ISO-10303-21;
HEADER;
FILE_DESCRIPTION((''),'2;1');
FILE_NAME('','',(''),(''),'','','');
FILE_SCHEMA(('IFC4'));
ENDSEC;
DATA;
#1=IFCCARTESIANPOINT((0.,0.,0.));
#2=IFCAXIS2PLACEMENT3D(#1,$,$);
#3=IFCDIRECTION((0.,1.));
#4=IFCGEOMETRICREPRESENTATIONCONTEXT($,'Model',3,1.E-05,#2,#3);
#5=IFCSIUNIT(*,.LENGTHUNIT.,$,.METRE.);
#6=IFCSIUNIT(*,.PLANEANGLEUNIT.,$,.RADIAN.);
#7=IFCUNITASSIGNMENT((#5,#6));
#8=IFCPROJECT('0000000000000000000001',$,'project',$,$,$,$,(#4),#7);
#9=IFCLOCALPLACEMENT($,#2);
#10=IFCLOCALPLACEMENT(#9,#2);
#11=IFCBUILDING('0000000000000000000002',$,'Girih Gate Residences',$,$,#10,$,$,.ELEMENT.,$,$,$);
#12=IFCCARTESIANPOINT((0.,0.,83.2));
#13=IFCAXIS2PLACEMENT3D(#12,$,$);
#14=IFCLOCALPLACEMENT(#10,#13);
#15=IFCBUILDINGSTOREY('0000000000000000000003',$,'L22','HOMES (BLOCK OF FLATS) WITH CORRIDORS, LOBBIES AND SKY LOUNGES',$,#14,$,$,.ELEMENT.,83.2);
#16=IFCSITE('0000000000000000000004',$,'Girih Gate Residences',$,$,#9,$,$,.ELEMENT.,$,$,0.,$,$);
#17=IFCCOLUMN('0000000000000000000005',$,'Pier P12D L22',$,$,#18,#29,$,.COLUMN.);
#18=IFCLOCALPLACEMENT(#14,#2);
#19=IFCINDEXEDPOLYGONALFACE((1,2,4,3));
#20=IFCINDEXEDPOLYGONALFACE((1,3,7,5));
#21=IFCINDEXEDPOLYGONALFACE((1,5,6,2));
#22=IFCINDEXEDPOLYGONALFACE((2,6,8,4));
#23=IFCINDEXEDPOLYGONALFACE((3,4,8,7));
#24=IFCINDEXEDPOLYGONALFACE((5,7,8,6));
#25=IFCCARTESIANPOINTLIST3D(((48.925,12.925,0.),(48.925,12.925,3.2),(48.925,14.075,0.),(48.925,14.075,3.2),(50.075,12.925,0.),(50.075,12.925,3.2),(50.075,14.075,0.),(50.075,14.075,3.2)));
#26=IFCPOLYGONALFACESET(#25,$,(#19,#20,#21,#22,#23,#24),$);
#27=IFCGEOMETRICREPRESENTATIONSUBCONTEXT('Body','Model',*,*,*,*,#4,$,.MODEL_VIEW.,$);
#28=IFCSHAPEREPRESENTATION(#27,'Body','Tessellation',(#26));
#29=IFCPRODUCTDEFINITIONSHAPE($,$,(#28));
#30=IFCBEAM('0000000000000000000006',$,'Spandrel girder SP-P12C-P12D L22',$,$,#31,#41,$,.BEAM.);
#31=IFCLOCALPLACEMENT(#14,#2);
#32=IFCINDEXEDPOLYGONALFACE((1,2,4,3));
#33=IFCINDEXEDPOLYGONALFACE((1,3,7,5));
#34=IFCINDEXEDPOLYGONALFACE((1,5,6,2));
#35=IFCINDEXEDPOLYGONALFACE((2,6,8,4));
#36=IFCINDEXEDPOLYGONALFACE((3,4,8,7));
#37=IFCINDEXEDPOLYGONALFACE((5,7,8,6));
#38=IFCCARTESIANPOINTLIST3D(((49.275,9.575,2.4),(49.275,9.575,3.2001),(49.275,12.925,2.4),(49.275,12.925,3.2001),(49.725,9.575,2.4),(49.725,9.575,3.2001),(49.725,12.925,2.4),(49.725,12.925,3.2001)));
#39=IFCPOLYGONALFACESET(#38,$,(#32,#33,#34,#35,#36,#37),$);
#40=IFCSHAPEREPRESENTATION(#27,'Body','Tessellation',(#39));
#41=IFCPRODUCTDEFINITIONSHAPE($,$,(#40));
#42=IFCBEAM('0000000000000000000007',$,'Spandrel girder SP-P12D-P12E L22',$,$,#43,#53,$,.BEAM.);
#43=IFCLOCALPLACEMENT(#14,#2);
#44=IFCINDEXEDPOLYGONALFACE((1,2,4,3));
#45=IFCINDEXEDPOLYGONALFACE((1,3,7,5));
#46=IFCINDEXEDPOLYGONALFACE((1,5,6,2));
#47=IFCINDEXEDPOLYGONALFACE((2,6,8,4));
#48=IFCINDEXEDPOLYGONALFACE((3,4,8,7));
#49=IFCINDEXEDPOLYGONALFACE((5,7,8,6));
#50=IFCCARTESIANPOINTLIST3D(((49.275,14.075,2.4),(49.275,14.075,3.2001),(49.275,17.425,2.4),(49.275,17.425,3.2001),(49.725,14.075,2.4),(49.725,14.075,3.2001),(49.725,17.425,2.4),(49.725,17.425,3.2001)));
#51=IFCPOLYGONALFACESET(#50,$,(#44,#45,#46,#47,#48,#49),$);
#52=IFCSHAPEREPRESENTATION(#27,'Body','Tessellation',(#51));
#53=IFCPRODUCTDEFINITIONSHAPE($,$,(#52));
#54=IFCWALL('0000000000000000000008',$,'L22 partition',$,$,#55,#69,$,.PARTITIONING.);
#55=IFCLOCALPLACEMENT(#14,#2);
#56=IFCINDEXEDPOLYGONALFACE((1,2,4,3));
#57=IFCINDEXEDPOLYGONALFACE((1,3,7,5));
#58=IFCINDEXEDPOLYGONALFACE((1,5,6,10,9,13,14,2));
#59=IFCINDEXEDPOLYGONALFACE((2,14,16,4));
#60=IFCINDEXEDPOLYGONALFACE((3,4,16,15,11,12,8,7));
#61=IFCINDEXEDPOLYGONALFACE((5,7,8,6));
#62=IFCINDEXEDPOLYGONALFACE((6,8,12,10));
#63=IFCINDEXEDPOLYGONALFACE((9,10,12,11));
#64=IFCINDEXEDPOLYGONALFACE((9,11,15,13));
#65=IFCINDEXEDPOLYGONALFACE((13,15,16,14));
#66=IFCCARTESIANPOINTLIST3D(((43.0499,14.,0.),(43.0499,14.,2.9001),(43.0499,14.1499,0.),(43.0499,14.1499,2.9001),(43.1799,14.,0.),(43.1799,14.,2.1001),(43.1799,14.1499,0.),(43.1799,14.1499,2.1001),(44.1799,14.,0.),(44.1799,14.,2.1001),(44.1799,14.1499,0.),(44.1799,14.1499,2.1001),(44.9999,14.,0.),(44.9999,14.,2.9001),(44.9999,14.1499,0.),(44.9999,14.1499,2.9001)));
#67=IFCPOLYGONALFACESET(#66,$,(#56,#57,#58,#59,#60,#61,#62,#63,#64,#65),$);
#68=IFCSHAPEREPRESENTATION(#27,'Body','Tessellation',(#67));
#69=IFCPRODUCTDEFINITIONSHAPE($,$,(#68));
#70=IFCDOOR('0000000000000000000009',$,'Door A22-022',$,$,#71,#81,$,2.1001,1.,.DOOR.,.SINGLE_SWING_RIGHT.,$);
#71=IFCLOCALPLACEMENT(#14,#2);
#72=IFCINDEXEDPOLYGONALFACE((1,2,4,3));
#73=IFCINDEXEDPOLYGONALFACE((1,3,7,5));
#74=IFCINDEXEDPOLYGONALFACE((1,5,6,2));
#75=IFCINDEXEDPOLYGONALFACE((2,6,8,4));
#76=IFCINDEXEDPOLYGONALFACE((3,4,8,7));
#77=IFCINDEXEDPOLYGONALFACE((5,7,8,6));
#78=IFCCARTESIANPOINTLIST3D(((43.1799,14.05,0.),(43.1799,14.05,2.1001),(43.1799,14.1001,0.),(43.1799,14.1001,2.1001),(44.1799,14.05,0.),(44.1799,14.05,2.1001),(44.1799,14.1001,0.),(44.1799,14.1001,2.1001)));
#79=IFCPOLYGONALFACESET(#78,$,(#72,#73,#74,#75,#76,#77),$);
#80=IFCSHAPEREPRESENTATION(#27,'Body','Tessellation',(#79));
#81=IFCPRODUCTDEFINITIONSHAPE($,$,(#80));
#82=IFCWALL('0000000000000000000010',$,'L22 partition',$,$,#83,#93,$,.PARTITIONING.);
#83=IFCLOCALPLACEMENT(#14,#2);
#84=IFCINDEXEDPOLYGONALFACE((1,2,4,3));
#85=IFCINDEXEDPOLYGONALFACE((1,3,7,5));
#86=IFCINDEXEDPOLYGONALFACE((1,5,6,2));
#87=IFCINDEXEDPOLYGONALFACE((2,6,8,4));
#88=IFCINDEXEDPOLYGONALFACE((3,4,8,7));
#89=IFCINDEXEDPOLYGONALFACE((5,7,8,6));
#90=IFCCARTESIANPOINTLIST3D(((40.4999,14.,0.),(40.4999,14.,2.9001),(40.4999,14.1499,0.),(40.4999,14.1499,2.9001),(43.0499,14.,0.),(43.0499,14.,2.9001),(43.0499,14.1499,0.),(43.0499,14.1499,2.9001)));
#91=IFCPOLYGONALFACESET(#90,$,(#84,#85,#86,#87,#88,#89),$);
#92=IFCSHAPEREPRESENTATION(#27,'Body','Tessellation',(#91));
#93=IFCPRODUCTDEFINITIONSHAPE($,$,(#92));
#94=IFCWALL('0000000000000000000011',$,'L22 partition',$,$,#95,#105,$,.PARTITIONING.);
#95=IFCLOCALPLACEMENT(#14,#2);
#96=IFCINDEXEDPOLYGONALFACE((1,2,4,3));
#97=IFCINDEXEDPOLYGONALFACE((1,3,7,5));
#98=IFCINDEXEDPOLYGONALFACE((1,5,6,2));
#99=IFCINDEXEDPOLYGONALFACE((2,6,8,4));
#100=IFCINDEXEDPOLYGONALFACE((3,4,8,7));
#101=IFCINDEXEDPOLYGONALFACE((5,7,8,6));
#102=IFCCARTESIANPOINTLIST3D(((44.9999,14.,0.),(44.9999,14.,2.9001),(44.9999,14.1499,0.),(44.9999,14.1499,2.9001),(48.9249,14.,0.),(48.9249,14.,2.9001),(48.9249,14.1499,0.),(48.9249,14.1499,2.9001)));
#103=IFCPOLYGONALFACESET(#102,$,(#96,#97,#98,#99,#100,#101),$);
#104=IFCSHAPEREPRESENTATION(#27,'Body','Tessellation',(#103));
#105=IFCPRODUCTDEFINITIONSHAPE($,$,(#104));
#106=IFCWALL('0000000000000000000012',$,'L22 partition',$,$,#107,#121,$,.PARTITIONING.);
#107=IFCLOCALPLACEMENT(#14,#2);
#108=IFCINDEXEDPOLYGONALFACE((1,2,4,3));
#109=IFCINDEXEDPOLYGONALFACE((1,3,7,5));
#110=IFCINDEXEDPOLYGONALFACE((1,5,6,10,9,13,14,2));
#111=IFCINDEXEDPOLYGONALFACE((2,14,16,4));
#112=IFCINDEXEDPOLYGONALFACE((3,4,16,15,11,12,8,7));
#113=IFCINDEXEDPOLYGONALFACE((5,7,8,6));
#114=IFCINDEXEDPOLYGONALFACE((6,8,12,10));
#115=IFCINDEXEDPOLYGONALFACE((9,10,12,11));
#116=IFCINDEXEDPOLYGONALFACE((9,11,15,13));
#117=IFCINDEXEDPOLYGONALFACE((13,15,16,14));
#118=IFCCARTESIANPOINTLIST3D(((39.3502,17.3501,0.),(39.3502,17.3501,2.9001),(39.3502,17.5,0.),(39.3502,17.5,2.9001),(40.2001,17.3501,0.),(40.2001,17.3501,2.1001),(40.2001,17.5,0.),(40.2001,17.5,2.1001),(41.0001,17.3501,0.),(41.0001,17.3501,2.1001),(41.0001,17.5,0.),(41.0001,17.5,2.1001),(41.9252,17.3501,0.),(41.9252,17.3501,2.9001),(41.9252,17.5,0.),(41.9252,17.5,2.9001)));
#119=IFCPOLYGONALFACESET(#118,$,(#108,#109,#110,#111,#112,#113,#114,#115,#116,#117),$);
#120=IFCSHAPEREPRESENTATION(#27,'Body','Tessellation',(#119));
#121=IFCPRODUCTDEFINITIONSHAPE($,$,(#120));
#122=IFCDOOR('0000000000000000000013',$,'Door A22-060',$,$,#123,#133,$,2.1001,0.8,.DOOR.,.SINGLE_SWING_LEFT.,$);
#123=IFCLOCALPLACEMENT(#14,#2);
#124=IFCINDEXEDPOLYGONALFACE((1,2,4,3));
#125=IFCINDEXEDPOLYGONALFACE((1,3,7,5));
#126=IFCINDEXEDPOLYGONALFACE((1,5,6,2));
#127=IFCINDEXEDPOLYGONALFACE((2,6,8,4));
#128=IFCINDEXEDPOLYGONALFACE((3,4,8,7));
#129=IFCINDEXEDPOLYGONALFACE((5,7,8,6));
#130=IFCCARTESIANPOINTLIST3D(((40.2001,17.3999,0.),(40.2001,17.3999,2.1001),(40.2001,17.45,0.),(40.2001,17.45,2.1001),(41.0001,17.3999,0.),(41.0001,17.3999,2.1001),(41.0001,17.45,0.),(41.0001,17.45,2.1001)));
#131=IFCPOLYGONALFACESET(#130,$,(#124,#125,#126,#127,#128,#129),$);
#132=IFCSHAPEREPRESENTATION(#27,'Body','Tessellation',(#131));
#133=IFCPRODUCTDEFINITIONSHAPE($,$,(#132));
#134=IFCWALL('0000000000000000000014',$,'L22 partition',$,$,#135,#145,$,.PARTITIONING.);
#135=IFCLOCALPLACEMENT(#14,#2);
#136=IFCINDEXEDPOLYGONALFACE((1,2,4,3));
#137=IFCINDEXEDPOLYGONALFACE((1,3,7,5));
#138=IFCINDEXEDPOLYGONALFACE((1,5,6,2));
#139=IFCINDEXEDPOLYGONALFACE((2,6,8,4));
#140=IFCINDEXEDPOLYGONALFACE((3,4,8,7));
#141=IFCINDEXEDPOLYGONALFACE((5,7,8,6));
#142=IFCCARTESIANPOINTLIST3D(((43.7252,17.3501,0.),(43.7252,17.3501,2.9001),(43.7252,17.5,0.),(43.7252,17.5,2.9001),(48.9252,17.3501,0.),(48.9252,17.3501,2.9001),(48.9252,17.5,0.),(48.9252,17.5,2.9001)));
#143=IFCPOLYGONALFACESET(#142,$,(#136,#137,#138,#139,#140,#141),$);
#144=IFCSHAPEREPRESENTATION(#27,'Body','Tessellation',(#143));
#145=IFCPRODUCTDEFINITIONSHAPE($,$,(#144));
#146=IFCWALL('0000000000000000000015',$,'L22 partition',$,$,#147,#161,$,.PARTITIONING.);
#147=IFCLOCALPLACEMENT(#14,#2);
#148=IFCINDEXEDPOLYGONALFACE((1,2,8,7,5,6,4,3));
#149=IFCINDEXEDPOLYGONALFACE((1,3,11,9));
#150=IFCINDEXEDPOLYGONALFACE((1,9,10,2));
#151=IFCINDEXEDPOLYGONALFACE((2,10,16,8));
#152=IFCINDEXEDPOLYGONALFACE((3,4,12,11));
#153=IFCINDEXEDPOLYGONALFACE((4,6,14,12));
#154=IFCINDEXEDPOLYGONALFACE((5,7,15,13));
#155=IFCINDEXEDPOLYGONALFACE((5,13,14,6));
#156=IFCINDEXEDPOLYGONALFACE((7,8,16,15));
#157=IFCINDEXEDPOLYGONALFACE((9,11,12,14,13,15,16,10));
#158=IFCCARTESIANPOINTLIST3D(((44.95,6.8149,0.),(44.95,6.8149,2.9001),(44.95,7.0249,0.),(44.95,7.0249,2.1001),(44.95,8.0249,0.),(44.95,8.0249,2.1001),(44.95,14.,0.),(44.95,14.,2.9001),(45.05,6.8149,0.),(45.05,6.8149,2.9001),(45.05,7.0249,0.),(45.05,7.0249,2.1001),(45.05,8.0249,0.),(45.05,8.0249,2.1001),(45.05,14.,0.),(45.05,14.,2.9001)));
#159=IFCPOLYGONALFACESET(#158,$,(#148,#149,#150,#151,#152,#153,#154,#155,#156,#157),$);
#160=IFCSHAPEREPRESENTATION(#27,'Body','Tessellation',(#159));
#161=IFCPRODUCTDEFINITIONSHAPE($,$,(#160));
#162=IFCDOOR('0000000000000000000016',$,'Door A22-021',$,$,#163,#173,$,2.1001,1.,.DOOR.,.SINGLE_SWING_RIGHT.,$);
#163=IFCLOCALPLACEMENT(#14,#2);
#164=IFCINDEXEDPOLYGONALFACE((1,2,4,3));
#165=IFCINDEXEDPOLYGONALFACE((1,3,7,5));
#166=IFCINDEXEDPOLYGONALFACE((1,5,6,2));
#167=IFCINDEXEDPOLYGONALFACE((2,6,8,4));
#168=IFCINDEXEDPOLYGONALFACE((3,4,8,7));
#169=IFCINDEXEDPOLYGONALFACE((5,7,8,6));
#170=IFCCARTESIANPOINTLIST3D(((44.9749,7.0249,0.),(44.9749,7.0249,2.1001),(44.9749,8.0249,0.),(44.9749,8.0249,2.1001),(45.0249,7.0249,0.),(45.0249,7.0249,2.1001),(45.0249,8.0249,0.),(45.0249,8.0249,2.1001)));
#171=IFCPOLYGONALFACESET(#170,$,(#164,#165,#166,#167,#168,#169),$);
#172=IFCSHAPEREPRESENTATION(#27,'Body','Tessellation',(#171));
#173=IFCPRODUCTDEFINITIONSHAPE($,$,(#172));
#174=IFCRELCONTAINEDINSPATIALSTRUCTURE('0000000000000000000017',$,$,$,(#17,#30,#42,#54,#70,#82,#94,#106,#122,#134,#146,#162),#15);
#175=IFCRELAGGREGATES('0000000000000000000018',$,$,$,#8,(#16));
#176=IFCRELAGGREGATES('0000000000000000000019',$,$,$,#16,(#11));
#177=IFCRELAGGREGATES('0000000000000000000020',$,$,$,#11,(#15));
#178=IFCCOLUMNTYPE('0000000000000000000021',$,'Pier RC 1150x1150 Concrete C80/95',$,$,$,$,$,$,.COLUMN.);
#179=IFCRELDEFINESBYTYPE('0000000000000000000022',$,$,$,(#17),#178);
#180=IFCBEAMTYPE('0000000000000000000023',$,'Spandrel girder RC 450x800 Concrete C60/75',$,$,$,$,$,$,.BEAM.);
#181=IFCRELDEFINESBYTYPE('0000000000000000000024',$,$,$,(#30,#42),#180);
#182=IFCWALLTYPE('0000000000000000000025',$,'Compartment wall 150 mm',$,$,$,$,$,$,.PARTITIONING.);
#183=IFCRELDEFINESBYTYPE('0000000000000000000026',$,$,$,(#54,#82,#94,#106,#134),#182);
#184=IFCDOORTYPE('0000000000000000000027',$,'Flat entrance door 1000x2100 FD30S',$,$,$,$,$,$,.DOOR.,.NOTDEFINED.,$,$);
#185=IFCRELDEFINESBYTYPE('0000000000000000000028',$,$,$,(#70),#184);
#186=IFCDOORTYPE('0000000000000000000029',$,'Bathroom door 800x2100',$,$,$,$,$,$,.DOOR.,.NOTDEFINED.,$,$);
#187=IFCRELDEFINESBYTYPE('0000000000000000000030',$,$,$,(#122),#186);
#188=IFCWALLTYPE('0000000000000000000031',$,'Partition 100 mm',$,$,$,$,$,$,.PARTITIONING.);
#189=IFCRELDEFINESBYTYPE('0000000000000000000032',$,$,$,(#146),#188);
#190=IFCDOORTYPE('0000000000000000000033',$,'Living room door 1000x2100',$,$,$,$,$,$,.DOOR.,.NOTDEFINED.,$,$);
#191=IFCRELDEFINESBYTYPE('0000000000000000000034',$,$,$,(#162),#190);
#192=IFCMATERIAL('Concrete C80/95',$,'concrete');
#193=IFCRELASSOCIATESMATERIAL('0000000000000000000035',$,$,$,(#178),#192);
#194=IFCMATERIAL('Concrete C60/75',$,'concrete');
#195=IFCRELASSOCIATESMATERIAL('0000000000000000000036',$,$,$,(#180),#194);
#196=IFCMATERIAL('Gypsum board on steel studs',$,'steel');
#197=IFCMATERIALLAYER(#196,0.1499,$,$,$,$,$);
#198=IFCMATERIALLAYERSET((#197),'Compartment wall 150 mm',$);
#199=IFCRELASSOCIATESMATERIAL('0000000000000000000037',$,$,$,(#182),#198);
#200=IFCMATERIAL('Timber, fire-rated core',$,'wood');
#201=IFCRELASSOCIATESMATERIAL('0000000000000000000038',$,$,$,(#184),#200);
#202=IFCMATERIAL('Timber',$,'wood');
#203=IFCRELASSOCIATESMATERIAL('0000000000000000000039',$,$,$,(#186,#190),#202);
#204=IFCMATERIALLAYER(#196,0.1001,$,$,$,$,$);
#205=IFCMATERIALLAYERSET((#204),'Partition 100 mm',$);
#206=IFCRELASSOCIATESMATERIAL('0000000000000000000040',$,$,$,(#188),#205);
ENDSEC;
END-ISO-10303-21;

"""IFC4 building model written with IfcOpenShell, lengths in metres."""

from ifc_helpers import new_model, si_unit, direction, frame, frame_2d, origin, origin_2d, place, context, subcontext, project, spatial, rectangle, extrude, material, layer, layer_set, material_profile, profile_set, type_object, element, fill, save


model = new_model("IFC4")

# Units and contexts
model_context = context("Model", 3, precision=1e-05, world=origin(), true_north=direction((0.0, 1.0)))
body_context = subcontext(model_context, "Body", "Model", "MODEL_VIEW")
ifc_project = project(units=[si_unit("LENGTHUNIT", "METRE"), si_unit("PLANEANGLEUNIT", "RADIAN")], contexts=[model_context])

# Site, building, storey
site_placement = place(None, origin())
site = spatial("IfcSite", under=ifc_project, at=site_placement, Name="Girih Gate Residences", CompositionType="ELEMENT", RefElevation=0.0)
building_placement = place(site_placement, origin())
building = spatial("IfcBuilding", under=site, at=building_placement, Name="Girih Gate Residences", CompositionType="ELEMENT")
storey_placement = place(building_placement, frame((0.0, 0.0, 83.2)))
storey = spatial("IfcBuildingStorey", under=building, at=storey_placement, Name="L22", Description="HOMES (BLOCK OF FLATS) WITH CORRIDORS, LOBBIES AND SKY LOUNGES", CompositionType="ELEMENT", Elevation=83.2)

# Column
ifc_material_1 = material(Name="Concrete C80/95", Category="concrete")
ifc_material_profile_1 = material_profile(ifc_material_1, rectangle(XDim=1.1499, YDim=1.1499, at=origin_2d()))
ifc_profile_set_1 = profile_set([ifc_material_profile_1], Name="Concrete C80/95")
column_type = type_object("IfcColumnType", Name="Pier RC 1150x1150 Concrete C80/95", PredefinedType="COLUMN", material=ifc_profile_set_1)
column_placement = place(storey_placement, frame((49.5, 13.5, 0.0), z_axis=(0.0, 0.0, 1.0), x_axis=(1.0, 0.0, 0.0)))
element("IfcColumn", 1, at=column_placement, inside=storey, type_object=column_type, Name="Pier P12D L22", PredefinedType="COLUMN", context=body_context, shape_type="SweptSolid", body=[
    extrude(rectangle(XDim=1.1499, YDim=1.1499, at=origin_2d()), origin(), (0.0, 0.0, 1.0), 3.2),
])

# Beams
ifc_material_2 = material(Name="Concrete C60/75", Category="concrete")
ifc_material_profile_2 = material_profile(ifc_material_2, rectangle(XDim=0.45, YDim=0.8, at=origin_2d()))
ifc_profile_set_2 = profile_set([ifc_material_profile_2], Name="Concrete C60/75")
beam_type = type_object("IfcBeamType", Name="Spandrel girder RC 450x800 Concrete C60/75", PredefinedType="BEAM", material=ifc_profile_set_2)
for number, where, z_axis, x_axis, name in (
    (2, (49.5, 9.575, 2.8), (0.0, 1.0, 0.0), (-1.0, 0.0, 0.0), "Spandrel girder SP-P12C-P12D L22"),
    (3, (49.5, 14.075, 2.8), (0.0, 1.0, 0.0), (-1.0, 0.0, 0.0), "Spandrel girder SP-P12D-P12E L22"),
):
    element("IfcBeam", number, at=place(storey_placement, frame(where, z_axis=z_axis, x_axis=x_axis)), inside=storey, type_object=beam_type, Name=name, PredefinedType="BEAM", context=body_context, shape_type="SweptSolid", body=[
        extrude(rectangle(XDim=0.45, YDim=0.8, at=origin_2d()), origin(), (0.0, 0.0, 1.0), 3.3501),
    ])

# Wall, opening, door
ifc_material_3 = material(Name="Gypsum board on steel studs", Category="steel")
ifc_layer_1 = layer(ifc_material_3, 0.1499)
ifc_layer_set_1 = layer_set([ifc_layer_1], Name="Compartment wall 150 mm")
wall_type_1 = type_object("IfcWallType", Name="Compartment wall 150 mm", PredefinedType="PARTITIONING", material=ifc_layer_set_1)
wall_1_placement = place(storey_placement, frame((45.0, 14.075, 0.0), z_axis=(0.0, 0.0, 1.0), x_axis=(-1.0, 0.0, 0.0)))
wall_1 = element("IfcWall", 4, at=wall_1_placement, inside=storey, type_object=wall_type_1, Name="L22 partition", PredefinedType="PARTITIONING", context=body_context, shape_type="SweptSolid", body=[
    extrude(rectangle(XDim=1.95, YDim=0.1499, at=frame_2d((0.9751, 0.0))), origin(), (0.0, 0.0, 1.0), 2.9001),
])
opening_1_placement = place(wall_1_placement, frame((0.8201, 0.0, 0.0)))
opening_1 = element("IfcOpeningElement", 5, at=opening_1_placement, cuts=wall_1, PredefinedType="OPENING", context=body_context, shape_type="SweptSolid", body=[
    extrude(rectangle(XDim=1.0, YDim=2.1001, at=frame_2d((0.5, 1.05))), frame((0.0, 0.085, 0.0), z_axis=(0.0, -1.0, 0.0), x_axis=(1.0, 0.0, 0.0)), (0.0, 0.0, 1.0), 0.1699),
])
ifc_material_4 = material(Name="Timber, fire-rated core", Category="wood")
door_type_1 = type_object("IfcDoorType", Name="Flat entrance door 1000x2100 FD30S", OperationType="NOTDEFINED", PredefinedType="DOOR", material=ifc_material_4)
door_1_placement = place(opening_1_placement, origin())
door_1 = element("IfcDoor", 6, at=door_1_placement, inside=storey, type_object=door_type_1, Name="Door A22-022", OperationType="SINGLE_SWING_RIGHT", OverallHeight=2.1001, OverallWidth=1.0, PredefinedType="DOOR", context=body_context, shape_type="SweptSolid", body=[
    extrude(rectangle(XDim=1.0, YDim=2.1001, at=frame_2d((0.5, 1.05))), frame((0.0, 0.0249, 0.0), z_axis=(0.0, -1.0, 0.0), x_axis=(1.0, 0.0, 0.0)), (0.0, 0.0, 1.0), 0.05),
])
fill(opening_1, door_1)

# Walls
wall_2_placement = place(storey_placement, frame((40.5, 14.075, 0.0), z_axis=(0.0, 0.0, 1.0), x_axis=(1.0, 0.0, 0.0)))
element("IfcWall", 7, at=wall_2_placement, inside=storey, type_object=wall_type_1, Name="L22 partition", PredefinedType="PARTITIONING", context=body_context, shape_type="SweptSolid", body=[
    extrude(rectangle(XDim=2.55, YDim=0.1499, at=frame_2d((1.2749, 0.0))), origin(), (0.0, 0.0, 1.0), 2.9001),
])
wall_3_placement = place(storey_placement, frame((45.0, 14.075, 0.0), z_axis=(0.0, 0.0, 1.0), x_axis=(1.0, 0.0, 0.0)))
element("IfcWall", 8, at=wall_3_placement, inside=storey, type_object=wall_type_1, Name="L22 partition", PredefinedType="PARTITIONING", context=body_context, shape_type="SweptSolid", body=[
    extrude(rectangle(XDim=3.925, YDim=0.1499, at=frame_2d((1.9624, 0.0))), origin(), (0.0, 0.0, 1.0), 2.9001),
])

# Wall, opening, door
wall_4_placement = place(storey_placement, frame((39.3501, 17.425, 0.0), z_axis=(0.0, 0.0, 1.0), x_axis=(1.0, 0.0, 0.0)))
wall_4 = element("IfcWall", 9, at=wall_4_placement, inside=storey, type_object=wall_type_1, Name="L22 partition", PredefinedType="PARTITIONING", context=body_context, shape_type="SweptSolid", body=[
    extrude(rectangle(XDim=2.575, YDim=0.1499, at=frame_2d((1.2876, 0.0))), origin(), (0.0, 0.0, 1.0), 2.9001),
])
opening_2_placement = place(wall_4_placement, frame((0.8501, 0.0, 0.0)))
opening_2 = element("IfcOpeningElement", 10, at=opening_2_placement, cuts=wall_4, PredefinedType="OPENING", context=body_context, shape_type="SweptSolid", body=[
    extrude(rectangle(XDim=0.8, YDim=2.1001, at=frame_2d((0.3999, 1.05))), frame((0.0, 0.085, 0.0), z_axis=(0.0, -1.0, 0.0), x_axis=(1.0, 0.0, 0.0)), (0.0, 0.0, 1.0), 0.1699),
])
ifc_material_5 = material(Name="Timber", Category="wood")
door_type_2 = type_object("IfcDoorType", Name="Bathroom door 800x2100", OperationType="NOTDEFINED", PredefinedType="DOOR", material=ifc_material_5)
door_2_placement = place(opening_2_placement, origin())
door_2 = element("IfcDoor", 11, at=door_2_placement, inside=storey, type_object=door_type_2, Name="Door A22-060", OperationType="SINGLE_SWING_LEFT", OverallHeight=2.1001, OverallWidth=0.8, PredefinedType="DOOR", context=body_context, shape_type="SweptSolid", body=[
    extrude(rectangle(XDim=0.8, YDim=2.1001, at=frame_2d((0.3999, 1.05))), frame((0.0, 0.0249, 0.0), z_axis=(0.0, -1.0, 0.0), x_axis=(1.0, 0.0, 0.0)), (0.0, 0.0, 1.0), 0.05),
])
fill(opening_2, door_2)

# Wall
wall_5_placement = place(storey_placement, frame((43.7251, 17.425, 0.0), z_axis=(0.0, 0.0, 1.0), x_axis=(1.0, 0.0, 0.0)))
element("IfcWall", 12, at=wall_5_placement, inside=storey, type_object=wall_type_1, Name="L22 partition", PredefinedType="PARTITIONING", context=body_context, shape_type="SweptSolid", body=[
    extrude(rectangle(XDim=5.2, YDim=0.1499, at=frame_2d((2.6001, 0.0))), origin(), (0.0, 0.0, 1.0), 2.9001),
])

# Wall, opening, door
ifc_layer_2 = layer(ifc_material_3, 0.1001)
ifc_layer_set_2 = layer_set([ifc_layer_2], Name="Partition 100 mm")
wall_type_2 = type_object("IfcWallType", Name="Partition 100 mm", PredefinedType="PARTITIONING", material=ifc_layer_set_2)
wall_6_placement = place(storey_placement, frame((45.0, 14.0, 0.0), z_axis=(0.0, 0.0, 1.0), x_axis=(0.0, -1.0, 0.0)))
wall_6 = element("IfcWall", 13, at=wall_6_placement, inside=storey, type_object=wall_type_2, Name="L22 partition", PredefinedType="PARTITIONING", context=body_context, shape_type="SweptSolid", body=[
    extrude(rectangle(XDim=7.1851, YDim=0.1001, at=frame_2d((3.5925, 0.0))), origin(), (0.0, 0.0, 1.0), 2.9001),
])
opening_3_placement = place(wall_6_placement, frame((5.9751, 0.0, 0.0)))
opening_3 = element("IfcOpeningElement", 14, at=opening_3_placement, cuts=wall_6, PredefinedType="OPENING", context=body_context, shape_type="SweptSolid", body=[
    extrude(rectangle(XDim=1.0, YDim=2.1001, at=frame_2d((0.5, 1.05))), frame((0.0, 0.0601, 0.0), z_axis=(0.0, -1.0, 0.0), x_axis=(1.0, 0.0, 0.0)), (0.0, 0.0, 1.0), 0.1201),
])
door_type_3 = type_object("IfcDoorType", Name="Living room door 1000x2100", OperationType="NOTDEFINED", PredefinedType="DOOR", material=ifc_material_5)
door_3_placement = place(opening_3_placement, origin())
door_3 = element("IfcDoor", 15, at=door_3_placement, inside=storey, type_object=door_type_3, Name="Door A22-021", OperationType="SINGLE_SWING_RIGHT", OverallHeight=2.1001, OverallWidth=1.0, PredefinedType="DOOR", context=body_context, shape_type="SweptSolid", body=[
    extrude(rectangle(XDim=1.0, YDim=2.1001, at=frame_2d((0.5, 1.05))), frame((0.0, 0.0249, 0.0), z_axis=(0.0, -1.0, 0.0), x_axis=(1.0, 0.0, 0.0)), (0.0, 0.0, 1.0), 0.05),
])
fill(opening_3, door_3)

save(model, "model.ifc")
